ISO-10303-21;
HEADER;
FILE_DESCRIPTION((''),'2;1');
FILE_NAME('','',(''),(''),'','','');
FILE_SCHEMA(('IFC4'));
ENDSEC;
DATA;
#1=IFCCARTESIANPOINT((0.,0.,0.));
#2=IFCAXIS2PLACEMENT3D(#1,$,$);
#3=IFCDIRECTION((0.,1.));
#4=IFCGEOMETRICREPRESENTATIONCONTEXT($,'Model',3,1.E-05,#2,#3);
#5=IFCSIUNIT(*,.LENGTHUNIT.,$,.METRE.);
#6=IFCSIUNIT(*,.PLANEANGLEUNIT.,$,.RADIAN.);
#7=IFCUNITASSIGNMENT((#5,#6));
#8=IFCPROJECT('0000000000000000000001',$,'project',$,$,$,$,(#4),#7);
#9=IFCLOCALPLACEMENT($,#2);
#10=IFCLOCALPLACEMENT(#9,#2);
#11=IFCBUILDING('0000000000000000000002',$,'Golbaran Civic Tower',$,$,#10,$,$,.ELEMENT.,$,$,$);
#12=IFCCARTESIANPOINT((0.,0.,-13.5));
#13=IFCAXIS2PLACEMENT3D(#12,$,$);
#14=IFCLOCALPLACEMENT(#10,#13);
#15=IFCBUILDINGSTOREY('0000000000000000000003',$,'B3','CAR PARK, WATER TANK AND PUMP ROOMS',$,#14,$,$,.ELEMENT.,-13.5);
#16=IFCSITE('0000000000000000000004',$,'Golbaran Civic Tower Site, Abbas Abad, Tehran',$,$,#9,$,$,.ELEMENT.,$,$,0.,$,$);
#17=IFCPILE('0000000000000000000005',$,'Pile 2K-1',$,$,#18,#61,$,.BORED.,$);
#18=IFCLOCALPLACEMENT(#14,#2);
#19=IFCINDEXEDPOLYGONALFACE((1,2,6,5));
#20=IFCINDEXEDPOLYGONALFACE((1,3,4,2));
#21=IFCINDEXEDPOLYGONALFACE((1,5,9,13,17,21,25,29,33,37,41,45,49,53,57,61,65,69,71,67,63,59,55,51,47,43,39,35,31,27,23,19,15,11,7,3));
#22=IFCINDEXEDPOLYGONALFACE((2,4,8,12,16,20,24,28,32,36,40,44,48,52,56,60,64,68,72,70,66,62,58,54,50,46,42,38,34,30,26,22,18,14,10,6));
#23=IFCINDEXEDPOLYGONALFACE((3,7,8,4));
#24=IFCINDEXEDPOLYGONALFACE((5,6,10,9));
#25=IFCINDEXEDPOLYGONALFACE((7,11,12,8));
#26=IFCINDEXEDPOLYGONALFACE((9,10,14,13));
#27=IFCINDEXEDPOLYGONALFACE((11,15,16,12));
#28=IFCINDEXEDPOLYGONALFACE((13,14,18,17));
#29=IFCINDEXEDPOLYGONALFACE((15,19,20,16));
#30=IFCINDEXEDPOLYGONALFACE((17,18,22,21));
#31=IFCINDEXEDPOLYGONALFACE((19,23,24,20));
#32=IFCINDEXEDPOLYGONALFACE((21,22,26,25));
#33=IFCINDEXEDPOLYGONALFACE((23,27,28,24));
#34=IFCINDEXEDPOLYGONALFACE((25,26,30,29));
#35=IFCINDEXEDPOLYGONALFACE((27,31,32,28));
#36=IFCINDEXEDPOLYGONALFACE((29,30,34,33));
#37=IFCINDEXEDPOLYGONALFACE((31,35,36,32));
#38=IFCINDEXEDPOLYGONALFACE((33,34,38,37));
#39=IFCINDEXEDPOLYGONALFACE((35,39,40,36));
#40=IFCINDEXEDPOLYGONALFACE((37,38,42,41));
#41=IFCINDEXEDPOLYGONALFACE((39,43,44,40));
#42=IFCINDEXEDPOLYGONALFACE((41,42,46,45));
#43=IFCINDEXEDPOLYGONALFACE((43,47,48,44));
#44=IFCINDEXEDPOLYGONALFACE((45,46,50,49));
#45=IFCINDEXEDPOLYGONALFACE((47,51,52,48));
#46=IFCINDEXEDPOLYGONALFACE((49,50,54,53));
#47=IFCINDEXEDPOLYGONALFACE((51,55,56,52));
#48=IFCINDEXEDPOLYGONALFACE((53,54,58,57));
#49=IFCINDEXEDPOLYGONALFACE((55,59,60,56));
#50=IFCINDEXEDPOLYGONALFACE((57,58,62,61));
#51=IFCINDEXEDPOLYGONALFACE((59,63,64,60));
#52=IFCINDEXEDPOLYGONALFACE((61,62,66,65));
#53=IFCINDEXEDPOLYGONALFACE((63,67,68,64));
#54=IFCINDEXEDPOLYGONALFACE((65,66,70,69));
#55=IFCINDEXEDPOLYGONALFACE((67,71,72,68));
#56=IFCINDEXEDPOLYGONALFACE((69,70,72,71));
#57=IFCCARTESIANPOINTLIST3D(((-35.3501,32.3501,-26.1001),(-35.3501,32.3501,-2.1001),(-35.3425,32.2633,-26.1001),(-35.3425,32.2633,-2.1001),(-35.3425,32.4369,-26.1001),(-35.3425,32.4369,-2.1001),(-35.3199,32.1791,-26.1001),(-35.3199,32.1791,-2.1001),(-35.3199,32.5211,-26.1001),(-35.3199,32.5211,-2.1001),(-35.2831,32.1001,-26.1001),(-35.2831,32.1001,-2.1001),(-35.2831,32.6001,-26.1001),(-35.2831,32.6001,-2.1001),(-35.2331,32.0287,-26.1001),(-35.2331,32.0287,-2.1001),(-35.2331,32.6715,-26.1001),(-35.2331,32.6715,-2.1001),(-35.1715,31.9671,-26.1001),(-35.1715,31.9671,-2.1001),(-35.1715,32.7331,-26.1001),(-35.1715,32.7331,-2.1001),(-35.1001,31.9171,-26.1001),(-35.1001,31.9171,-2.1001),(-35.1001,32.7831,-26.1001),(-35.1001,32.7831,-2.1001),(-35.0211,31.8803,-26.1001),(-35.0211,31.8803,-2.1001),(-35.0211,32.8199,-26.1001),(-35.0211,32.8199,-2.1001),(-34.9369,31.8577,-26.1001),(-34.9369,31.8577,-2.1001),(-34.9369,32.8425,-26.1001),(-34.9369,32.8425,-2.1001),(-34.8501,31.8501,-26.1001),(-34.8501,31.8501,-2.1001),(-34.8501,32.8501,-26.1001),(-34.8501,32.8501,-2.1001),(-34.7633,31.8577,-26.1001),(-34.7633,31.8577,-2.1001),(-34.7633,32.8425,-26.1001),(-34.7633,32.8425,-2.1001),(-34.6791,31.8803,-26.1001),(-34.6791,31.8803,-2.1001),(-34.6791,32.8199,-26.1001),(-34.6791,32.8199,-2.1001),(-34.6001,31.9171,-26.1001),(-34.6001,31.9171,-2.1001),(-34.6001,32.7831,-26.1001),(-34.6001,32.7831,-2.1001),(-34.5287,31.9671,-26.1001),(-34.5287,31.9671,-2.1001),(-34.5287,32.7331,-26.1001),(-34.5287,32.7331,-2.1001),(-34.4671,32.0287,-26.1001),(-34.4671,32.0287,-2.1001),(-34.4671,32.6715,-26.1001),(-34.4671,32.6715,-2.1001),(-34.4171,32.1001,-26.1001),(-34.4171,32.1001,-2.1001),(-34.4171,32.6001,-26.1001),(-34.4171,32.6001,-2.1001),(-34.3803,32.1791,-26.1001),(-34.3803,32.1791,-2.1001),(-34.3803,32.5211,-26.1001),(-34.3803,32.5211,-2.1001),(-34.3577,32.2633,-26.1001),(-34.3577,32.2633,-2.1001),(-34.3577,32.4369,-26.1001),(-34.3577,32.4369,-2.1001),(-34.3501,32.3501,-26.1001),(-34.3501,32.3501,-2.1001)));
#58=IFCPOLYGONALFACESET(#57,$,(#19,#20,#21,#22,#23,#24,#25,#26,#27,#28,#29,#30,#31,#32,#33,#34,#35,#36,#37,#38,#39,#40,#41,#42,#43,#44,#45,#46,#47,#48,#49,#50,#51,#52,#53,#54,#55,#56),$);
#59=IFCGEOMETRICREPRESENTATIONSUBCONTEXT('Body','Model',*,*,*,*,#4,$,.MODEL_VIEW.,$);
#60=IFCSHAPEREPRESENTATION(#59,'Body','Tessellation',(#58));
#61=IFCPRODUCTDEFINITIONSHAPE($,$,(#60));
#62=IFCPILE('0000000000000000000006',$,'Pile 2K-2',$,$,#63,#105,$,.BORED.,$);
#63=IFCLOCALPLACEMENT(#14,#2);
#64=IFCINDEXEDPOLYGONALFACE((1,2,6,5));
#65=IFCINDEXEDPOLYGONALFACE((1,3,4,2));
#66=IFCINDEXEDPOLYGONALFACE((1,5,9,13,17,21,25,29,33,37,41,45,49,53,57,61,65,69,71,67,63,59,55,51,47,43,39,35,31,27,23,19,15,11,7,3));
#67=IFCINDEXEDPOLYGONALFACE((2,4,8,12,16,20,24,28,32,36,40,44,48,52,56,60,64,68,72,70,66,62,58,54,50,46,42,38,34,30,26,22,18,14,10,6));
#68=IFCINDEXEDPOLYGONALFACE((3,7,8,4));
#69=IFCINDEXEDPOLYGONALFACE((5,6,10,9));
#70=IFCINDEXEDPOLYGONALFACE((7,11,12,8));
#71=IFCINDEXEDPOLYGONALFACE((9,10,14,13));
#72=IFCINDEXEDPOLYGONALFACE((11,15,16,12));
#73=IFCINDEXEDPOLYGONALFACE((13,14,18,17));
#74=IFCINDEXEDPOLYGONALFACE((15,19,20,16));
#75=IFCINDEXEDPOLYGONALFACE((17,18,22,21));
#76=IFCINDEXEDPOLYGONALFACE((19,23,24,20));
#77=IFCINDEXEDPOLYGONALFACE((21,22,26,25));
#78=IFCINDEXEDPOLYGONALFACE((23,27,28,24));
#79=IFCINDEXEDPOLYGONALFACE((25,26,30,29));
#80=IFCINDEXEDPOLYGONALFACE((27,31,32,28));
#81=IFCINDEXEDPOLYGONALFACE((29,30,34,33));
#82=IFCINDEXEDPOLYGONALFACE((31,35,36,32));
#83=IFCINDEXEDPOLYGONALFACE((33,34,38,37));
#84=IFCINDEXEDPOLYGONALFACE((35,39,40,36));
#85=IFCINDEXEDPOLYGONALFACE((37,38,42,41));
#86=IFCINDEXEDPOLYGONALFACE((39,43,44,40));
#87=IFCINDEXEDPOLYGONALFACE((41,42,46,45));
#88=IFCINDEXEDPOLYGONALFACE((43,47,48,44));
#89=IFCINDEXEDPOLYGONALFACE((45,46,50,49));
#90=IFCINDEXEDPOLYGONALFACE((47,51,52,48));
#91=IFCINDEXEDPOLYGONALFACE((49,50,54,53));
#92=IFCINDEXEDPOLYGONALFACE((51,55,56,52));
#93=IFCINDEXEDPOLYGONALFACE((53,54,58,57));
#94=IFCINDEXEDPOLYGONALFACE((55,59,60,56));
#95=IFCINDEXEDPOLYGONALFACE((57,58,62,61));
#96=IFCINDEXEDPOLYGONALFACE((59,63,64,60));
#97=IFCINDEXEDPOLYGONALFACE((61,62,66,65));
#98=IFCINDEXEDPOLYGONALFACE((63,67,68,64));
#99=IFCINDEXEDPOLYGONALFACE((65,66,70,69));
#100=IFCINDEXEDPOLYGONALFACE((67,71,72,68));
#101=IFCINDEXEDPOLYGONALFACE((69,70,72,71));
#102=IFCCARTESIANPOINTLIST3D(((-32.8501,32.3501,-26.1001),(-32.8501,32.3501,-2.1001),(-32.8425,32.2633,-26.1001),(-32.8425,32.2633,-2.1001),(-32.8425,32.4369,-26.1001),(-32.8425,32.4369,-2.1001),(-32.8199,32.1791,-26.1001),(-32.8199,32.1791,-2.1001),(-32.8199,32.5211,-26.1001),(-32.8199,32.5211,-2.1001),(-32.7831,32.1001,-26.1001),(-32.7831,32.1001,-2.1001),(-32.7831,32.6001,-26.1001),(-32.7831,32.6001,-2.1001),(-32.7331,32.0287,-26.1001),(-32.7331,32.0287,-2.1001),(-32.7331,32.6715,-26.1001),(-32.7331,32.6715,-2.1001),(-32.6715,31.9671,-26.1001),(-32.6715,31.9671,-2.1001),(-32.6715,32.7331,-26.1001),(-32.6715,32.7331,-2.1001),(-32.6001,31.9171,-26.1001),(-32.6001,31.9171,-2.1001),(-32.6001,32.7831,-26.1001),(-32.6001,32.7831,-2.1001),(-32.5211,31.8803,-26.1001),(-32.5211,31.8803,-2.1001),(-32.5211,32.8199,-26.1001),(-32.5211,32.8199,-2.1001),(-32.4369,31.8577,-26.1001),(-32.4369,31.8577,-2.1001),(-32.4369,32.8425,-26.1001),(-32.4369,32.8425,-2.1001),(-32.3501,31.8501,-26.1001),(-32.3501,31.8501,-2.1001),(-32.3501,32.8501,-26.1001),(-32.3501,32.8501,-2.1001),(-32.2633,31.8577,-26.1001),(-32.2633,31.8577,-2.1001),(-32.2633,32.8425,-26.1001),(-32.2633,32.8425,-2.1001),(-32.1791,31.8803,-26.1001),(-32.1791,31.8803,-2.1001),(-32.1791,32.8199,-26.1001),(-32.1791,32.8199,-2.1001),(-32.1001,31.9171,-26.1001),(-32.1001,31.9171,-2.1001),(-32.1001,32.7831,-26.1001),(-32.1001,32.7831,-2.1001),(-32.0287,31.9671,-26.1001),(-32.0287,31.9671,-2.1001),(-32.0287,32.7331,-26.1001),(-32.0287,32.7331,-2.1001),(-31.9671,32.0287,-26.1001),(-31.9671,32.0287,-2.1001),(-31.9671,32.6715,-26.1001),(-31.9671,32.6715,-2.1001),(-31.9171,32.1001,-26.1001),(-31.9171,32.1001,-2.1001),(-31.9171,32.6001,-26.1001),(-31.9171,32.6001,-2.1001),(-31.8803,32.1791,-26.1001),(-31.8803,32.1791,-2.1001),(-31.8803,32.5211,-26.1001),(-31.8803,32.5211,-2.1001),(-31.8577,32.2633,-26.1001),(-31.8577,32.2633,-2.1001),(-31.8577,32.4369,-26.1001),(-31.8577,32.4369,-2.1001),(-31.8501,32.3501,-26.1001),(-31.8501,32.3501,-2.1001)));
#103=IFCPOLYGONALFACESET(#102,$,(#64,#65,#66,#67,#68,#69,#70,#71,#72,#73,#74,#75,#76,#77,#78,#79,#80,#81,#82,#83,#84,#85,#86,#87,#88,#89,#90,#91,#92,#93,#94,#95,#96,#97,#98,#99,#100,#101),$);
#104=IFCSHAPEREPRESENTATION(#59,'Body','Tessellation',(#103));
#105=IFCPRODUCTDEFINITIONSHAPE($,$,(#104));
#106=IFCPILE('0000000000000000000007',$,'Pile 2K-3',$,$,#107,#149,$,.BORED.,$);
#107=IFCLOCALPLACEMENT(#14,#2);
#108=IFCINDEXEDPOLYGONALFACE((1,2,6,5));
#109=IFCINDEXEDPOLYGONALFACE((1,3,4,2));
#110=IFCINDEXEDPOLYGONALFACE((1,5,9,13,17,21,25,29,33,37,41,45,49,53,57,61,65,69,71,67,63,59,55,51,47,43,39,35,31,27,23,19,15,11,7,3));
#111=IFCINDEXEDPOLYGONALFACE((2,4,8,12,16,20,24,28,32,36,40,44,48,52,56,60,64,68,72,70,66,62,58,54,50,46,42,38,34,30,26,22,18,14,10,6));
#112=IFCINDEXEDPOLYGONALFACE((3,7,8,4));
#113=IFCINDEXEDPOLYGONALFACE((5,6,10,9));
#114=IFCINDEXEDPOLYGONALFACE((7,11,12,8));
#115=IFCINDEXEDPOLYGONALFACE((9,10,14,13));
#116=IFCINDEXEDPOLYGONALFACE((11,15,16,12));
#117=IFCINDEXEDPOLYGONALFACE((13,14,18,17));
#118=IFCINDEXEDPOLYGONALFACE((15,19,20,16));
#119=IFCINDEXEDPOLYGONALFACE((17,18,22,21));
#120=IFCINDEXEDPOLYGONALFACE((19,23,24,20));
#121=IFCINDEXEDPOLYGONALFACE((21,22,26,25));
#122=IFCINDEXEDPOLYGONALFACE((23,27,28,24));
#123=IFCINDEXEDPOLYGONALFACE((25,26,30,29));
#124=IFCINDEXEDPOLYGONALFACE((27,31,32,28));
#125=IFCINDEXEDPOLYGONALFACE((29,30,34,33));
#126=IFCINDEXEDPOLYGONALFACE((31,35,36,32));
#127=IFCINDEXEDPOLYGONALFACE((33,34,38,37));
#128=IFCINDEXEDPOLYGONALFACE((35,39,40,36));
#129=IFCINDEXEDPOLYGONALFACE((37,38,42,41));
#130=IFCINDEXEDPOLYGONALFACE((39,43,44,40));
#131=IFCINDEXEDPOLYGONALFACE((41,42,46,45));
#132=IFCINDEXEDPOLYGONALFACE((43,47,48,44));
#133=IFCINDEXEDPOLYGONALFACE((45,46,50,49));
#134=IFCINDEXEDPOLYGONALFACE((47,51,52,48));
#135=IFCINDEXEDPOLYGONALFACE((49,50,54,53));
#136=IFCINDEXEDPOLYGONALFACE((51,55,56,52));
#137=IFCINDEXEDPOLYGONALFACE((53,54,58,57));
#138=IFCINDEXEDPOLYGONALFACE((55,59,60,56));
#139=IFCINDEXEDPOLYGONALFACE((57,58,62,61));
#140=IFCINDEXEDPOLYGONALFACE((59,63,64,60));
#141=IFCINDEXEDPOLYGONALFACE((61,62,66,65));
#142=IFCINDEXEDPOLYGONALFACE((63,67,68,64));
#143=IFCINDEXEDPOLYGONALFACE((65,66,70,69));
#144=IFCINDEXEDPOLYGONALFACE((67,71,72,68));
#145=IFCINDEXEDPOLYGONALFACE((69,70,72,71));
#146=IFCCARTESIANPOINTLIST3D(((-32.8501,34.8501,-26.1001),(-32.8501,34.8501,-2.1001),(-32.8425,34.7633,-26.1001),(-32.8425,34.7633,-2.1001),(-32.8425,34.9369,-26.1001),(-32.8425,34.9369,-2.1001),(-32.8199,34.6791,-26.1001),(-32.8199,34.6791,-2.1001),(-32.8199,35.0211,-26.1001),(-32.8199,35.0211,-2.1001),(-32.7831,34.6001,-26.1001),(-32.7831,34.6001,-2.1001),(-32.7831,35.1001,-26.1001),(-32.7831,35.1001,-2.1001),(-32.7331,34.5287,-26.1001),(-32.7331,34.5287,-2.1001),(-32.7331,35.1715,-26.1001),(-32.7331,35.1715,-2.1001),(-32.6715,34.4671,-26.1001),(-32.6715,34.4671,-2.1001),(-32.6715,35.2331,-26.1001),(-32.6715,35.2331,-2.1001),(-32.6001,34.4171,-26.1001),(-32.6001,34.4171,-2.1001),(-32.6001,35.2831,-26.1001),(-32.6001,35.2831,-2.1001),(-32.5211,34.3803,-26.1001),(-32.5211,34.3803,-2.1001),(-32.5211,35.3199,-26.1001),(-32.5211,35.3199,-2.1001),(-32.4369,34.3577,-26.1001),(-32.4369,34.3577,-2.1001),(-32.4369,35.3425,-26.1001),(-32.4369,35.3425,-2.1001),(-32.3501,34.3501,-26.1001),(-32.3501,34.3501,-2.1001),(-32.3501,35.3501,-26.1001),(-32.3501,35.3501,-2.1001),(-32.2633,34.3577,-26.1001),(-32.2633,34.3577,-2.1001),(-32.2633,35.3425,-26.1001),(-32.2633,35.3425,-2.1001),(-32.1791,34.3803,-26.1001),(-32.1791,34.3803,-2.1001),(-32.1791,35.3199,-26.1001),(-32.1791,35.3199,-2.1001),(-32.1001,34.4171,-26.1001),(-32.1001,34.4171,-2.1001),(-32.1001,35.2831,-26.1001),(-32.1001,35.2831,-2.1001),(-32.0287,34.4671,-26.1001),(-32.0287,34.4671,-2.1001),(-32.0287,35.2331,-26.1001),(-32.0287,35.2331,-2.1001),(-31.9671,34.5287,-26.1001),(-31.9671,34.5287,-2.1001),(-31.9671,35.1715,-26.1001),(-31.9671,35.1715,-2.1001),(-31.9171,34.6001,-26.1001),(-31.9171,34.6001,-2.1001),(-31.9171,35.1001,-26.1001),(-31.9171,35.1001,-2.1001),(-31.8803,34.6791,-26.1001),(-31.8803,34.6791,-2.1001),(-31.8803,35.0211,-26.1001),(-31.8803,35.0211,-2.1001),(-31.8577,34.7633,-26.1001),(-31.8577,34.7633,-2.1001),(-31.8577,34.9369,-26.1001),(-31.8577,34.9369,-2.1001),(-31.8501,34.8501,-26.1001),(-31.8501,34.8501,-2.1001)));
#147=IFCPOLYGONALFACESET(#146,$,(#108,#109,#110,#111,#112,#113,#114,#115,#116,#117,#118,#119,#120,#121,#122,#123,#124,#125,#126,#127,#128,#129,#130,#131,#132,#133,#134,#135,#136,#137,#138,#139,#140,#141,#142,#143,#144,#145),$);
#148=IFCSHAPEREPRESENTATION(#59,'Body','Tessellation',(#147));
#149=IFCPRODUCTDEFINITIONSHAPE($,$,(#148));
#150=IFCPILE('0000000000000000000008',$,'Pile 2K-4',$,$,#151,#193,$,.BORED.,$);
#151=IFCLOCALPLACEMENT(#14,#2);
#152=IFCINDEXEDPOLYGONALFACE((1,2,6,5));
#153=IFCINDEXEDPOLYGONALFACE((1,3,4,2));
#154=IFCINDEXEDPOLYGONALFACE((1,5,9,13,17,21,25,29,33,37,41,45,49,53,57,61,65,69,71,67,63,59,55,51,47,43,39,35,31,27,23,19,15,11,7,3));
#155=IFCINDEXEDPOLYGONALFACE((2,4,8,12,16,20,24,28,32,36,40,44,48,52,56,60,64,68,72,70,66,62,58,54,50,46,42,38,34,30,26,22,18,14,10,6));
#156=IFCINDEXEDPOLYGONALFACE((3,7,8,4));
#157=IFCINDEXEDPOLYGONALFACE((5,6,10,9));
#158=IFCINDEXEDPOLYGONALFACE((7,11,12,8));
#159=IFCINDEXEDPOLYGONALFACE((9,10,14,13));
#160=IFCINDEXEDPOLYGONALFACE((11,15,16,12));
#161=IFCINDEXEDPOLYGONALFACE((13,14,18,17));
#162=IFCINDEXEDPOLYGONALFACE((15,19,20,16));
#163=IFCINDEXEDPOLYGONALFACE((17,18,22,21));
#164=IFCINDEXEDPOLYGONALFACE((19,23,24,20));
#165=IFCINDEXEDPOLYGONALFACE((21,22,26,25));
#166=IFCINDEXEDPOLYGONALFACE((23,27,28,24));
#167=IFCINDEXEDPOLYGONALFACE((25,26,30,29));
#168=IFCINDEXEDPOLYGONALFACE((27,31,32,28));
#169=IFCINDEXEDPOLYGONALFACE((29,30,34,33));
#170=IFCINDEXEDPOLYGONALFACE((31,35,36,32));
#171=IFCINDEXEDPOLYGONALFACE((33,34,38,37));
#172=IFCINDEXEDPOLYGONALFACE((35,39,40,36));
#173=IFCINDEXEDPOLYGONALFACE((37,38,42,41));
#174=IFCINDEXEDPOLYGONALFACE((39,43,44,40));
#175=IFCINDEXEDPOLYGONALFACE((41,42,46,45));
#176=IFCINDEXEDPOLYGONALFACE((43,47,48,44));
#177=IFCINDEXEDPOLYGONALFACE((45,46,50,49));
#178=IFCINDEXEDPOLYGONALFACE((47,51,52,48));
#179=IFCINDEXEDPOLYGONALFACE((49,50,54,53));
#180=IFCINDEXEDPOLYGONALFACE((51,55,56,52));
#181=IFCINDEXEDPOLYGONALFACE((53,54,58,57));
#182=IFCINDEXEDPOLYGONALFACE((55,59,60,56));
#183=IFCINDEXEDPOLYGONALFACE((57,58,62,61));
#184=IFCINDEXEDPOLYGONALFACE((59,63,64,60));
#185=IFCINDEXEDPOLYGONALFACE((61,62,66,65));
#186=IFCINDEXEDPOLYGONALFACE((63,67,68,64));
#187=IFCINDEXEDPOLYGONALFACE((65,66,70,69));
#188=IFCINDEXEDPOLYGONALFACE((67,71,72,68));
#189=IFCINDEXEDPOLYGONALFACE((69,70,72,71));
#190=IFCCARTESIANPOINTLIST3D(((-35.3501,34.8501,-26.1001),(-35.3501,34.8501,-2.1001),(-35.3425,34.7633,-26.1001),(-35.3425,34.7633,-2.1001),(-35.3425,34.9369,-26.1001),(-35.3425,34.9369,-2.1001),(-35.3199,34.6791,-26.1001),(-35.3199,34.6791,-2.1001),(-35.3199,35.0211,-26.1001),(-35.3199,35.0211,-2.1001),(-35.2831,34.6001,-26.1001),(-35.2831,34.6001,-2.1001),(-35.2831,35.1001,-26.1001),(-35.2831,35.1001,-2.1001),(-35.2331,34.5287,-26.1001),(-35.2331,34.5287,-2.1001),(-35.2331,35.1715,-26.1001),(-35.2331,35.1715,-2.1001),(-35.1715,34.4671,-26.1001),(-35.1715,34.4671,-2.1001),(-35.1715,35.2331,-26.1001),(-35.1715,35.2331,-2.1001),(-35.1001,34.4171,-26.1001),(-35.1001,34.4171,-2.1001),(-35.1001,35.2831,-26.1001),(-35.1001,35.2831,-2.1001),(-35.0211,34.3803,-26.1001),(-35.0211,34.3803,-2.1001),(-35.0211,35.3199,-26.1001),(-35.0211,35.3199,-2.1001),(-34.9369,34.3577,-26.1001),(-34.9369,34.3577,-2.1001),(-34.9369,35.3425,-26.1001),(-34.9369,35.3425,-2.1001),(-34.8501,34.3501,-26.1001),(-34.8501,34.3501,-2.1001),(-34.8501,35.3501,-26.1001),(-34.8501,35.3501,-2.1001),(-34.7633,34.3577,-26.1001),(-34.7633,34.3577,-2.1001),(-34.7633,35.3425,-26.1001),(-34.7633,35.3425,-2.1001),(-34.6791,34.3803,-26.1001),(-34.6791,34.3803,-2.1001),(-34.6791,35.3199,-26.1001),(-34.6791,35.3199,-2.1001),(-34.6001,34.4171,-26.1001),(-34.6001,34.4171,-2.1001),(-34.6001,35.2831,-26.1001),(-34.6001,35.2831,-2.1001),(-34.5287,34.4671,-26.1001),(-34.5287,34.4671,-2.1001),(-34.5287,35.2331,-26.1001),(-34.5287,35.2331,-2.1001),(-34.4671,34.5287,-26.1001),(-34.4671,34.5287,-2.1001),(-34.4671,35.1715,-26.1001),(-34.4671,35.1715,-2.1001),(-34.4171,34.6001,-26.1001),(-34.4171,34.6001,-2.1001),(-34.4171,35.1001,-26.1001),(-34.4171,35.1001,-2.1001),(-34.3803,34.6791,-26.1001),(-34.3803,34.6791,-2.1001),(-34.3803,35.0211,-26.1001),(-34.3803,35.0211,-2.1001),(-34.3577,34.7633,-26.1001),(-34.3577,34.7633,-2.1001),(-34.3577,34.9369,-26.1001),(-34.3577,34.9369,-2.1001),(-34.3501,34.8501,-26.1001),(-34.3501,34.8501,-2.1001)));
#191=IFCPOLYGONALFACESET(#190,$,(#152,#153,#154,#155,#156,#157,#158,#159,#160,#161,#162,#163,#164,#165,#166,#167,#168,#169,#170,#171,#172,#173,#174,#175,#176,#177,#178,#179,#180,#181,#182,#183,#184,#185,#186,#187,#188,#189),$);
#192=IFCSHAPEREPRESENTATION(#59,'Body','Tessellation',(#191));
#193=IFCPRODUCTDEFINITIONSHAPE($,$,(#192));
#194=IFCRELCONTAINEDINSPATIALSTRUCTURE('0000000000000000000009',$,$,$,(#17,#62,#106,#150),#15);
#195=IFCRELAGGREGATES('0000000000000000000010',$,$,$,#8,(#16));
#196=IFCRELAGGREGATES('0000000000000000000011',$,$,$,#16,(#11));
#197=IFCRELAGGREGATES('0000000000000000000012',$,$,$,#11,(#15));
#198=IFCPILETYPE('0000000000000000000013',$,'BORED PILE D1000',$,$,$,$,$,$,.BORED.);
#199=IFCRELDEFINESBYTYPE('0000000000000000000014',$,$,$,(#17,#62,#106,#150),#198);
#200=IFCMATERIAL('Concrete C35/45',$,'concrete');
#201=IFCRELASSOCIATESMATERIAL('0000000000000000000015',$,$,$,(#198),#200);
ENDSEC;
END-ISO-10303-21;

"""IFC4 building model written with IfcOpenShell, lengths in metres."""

from ifc_helpers import new_model, si_unit, direction, frame, origin, origin_2d, place, context, subcontext, project, spatial, circle, extrude, material, material_profile, profile_set, type_object, element, save


model = new_model("IFC4")

# Units and contexts
model_context = context("Model", 3, precision=1e-05, world=origin(), true_north=direction((0.0, 1.0)))
body_context = subcontext(model_context, "Body", "Model", "MODEL_VIEW")
ifc_project = project(units=[si_unit("LENGTHUNIT", "METRE"), si_unit("PLANEANGLEUNIT", "RADIAN")], contexts=[model_context])

# Site, building, storey
site_placement = place(None, origin())
site = spatial("IfcSite", under=ifc_project, at=site_placement, Name="Golbaran Civic Tower Site, Abbas Abad, Tehran", CompositionType="ELEMENT", RefElevation=0.0)
building_placement = place(site_placement, origin())
building = spatial("IfcBuilding", under=site, at=building_placement, Name="Golbaran Civic Tower", CompositionType="ELEMENT")
storey_placement = place(building_placement, frame((0.0, 0.0, -13.5)))
storey = spatial("IfcBuildingStorey", under=building, at=storey_placement, Name="B3", Description="CAR PARK, WATER TANK AND PUMP ROOMS", CompositionType="ELEMENT", Elevation=-13.5)

# Piles
ifc_material_1 = material(Name="Concrete C35/45", Category="concrete")
ifc_material_profile_1 = material_profile(ifc_material_1, circle(Radius=0.5, at=origin_2d()), Name="BORED PILE D1000")
ifc_profile_set_1 = profile_set([ifc_material_profile_1], Name="Concrete C35/45")
pile_type = type_object("IfcPileType", Name="BORED PILE D1000", PredefinedType="BORED", material=ifc_profile_set_1)
for number, where, z_axis, x_axis, name in (
    (1, (-34.8501, 32.3501, -2.1001), (0.0, 0.0, -1.0), (1.0, 0.0, 0.0), "Pile 2K-1"),
    (2, (-32.3501, 32.3501, -2.1001), (0.0, 0.0, -1.0), (1.0, 0.0, 0.0), "Pile 2K-2"),
    (3, (-32.3501, 34.8501, -2.1001), (0.0, 0.0, -1.0), (1.0, 0.0, 0.0), "Pile 2K-3"),
    (4, (-34.8501, 34.8501, -2.1001), (0.0, 0.0, -1.0), (1.0, 0.0, 0.0), "Pile 2K-4"),
):
    element("IfcPile", number, at=place(storey_placement, frame(where, z_axis=z_axis, x_axis=x_axis)), inside=storey, type_object=pile_type, Name=name, PredefinedType="BORED", context=body_context, shape_type="SweptSolid", body=[
        extrude(circle(Radius=0.5, at=origin_2d()), origin(), (0.0, 0.0, 1.0), 24.0),
    ])

save(model, "model.ifc")
